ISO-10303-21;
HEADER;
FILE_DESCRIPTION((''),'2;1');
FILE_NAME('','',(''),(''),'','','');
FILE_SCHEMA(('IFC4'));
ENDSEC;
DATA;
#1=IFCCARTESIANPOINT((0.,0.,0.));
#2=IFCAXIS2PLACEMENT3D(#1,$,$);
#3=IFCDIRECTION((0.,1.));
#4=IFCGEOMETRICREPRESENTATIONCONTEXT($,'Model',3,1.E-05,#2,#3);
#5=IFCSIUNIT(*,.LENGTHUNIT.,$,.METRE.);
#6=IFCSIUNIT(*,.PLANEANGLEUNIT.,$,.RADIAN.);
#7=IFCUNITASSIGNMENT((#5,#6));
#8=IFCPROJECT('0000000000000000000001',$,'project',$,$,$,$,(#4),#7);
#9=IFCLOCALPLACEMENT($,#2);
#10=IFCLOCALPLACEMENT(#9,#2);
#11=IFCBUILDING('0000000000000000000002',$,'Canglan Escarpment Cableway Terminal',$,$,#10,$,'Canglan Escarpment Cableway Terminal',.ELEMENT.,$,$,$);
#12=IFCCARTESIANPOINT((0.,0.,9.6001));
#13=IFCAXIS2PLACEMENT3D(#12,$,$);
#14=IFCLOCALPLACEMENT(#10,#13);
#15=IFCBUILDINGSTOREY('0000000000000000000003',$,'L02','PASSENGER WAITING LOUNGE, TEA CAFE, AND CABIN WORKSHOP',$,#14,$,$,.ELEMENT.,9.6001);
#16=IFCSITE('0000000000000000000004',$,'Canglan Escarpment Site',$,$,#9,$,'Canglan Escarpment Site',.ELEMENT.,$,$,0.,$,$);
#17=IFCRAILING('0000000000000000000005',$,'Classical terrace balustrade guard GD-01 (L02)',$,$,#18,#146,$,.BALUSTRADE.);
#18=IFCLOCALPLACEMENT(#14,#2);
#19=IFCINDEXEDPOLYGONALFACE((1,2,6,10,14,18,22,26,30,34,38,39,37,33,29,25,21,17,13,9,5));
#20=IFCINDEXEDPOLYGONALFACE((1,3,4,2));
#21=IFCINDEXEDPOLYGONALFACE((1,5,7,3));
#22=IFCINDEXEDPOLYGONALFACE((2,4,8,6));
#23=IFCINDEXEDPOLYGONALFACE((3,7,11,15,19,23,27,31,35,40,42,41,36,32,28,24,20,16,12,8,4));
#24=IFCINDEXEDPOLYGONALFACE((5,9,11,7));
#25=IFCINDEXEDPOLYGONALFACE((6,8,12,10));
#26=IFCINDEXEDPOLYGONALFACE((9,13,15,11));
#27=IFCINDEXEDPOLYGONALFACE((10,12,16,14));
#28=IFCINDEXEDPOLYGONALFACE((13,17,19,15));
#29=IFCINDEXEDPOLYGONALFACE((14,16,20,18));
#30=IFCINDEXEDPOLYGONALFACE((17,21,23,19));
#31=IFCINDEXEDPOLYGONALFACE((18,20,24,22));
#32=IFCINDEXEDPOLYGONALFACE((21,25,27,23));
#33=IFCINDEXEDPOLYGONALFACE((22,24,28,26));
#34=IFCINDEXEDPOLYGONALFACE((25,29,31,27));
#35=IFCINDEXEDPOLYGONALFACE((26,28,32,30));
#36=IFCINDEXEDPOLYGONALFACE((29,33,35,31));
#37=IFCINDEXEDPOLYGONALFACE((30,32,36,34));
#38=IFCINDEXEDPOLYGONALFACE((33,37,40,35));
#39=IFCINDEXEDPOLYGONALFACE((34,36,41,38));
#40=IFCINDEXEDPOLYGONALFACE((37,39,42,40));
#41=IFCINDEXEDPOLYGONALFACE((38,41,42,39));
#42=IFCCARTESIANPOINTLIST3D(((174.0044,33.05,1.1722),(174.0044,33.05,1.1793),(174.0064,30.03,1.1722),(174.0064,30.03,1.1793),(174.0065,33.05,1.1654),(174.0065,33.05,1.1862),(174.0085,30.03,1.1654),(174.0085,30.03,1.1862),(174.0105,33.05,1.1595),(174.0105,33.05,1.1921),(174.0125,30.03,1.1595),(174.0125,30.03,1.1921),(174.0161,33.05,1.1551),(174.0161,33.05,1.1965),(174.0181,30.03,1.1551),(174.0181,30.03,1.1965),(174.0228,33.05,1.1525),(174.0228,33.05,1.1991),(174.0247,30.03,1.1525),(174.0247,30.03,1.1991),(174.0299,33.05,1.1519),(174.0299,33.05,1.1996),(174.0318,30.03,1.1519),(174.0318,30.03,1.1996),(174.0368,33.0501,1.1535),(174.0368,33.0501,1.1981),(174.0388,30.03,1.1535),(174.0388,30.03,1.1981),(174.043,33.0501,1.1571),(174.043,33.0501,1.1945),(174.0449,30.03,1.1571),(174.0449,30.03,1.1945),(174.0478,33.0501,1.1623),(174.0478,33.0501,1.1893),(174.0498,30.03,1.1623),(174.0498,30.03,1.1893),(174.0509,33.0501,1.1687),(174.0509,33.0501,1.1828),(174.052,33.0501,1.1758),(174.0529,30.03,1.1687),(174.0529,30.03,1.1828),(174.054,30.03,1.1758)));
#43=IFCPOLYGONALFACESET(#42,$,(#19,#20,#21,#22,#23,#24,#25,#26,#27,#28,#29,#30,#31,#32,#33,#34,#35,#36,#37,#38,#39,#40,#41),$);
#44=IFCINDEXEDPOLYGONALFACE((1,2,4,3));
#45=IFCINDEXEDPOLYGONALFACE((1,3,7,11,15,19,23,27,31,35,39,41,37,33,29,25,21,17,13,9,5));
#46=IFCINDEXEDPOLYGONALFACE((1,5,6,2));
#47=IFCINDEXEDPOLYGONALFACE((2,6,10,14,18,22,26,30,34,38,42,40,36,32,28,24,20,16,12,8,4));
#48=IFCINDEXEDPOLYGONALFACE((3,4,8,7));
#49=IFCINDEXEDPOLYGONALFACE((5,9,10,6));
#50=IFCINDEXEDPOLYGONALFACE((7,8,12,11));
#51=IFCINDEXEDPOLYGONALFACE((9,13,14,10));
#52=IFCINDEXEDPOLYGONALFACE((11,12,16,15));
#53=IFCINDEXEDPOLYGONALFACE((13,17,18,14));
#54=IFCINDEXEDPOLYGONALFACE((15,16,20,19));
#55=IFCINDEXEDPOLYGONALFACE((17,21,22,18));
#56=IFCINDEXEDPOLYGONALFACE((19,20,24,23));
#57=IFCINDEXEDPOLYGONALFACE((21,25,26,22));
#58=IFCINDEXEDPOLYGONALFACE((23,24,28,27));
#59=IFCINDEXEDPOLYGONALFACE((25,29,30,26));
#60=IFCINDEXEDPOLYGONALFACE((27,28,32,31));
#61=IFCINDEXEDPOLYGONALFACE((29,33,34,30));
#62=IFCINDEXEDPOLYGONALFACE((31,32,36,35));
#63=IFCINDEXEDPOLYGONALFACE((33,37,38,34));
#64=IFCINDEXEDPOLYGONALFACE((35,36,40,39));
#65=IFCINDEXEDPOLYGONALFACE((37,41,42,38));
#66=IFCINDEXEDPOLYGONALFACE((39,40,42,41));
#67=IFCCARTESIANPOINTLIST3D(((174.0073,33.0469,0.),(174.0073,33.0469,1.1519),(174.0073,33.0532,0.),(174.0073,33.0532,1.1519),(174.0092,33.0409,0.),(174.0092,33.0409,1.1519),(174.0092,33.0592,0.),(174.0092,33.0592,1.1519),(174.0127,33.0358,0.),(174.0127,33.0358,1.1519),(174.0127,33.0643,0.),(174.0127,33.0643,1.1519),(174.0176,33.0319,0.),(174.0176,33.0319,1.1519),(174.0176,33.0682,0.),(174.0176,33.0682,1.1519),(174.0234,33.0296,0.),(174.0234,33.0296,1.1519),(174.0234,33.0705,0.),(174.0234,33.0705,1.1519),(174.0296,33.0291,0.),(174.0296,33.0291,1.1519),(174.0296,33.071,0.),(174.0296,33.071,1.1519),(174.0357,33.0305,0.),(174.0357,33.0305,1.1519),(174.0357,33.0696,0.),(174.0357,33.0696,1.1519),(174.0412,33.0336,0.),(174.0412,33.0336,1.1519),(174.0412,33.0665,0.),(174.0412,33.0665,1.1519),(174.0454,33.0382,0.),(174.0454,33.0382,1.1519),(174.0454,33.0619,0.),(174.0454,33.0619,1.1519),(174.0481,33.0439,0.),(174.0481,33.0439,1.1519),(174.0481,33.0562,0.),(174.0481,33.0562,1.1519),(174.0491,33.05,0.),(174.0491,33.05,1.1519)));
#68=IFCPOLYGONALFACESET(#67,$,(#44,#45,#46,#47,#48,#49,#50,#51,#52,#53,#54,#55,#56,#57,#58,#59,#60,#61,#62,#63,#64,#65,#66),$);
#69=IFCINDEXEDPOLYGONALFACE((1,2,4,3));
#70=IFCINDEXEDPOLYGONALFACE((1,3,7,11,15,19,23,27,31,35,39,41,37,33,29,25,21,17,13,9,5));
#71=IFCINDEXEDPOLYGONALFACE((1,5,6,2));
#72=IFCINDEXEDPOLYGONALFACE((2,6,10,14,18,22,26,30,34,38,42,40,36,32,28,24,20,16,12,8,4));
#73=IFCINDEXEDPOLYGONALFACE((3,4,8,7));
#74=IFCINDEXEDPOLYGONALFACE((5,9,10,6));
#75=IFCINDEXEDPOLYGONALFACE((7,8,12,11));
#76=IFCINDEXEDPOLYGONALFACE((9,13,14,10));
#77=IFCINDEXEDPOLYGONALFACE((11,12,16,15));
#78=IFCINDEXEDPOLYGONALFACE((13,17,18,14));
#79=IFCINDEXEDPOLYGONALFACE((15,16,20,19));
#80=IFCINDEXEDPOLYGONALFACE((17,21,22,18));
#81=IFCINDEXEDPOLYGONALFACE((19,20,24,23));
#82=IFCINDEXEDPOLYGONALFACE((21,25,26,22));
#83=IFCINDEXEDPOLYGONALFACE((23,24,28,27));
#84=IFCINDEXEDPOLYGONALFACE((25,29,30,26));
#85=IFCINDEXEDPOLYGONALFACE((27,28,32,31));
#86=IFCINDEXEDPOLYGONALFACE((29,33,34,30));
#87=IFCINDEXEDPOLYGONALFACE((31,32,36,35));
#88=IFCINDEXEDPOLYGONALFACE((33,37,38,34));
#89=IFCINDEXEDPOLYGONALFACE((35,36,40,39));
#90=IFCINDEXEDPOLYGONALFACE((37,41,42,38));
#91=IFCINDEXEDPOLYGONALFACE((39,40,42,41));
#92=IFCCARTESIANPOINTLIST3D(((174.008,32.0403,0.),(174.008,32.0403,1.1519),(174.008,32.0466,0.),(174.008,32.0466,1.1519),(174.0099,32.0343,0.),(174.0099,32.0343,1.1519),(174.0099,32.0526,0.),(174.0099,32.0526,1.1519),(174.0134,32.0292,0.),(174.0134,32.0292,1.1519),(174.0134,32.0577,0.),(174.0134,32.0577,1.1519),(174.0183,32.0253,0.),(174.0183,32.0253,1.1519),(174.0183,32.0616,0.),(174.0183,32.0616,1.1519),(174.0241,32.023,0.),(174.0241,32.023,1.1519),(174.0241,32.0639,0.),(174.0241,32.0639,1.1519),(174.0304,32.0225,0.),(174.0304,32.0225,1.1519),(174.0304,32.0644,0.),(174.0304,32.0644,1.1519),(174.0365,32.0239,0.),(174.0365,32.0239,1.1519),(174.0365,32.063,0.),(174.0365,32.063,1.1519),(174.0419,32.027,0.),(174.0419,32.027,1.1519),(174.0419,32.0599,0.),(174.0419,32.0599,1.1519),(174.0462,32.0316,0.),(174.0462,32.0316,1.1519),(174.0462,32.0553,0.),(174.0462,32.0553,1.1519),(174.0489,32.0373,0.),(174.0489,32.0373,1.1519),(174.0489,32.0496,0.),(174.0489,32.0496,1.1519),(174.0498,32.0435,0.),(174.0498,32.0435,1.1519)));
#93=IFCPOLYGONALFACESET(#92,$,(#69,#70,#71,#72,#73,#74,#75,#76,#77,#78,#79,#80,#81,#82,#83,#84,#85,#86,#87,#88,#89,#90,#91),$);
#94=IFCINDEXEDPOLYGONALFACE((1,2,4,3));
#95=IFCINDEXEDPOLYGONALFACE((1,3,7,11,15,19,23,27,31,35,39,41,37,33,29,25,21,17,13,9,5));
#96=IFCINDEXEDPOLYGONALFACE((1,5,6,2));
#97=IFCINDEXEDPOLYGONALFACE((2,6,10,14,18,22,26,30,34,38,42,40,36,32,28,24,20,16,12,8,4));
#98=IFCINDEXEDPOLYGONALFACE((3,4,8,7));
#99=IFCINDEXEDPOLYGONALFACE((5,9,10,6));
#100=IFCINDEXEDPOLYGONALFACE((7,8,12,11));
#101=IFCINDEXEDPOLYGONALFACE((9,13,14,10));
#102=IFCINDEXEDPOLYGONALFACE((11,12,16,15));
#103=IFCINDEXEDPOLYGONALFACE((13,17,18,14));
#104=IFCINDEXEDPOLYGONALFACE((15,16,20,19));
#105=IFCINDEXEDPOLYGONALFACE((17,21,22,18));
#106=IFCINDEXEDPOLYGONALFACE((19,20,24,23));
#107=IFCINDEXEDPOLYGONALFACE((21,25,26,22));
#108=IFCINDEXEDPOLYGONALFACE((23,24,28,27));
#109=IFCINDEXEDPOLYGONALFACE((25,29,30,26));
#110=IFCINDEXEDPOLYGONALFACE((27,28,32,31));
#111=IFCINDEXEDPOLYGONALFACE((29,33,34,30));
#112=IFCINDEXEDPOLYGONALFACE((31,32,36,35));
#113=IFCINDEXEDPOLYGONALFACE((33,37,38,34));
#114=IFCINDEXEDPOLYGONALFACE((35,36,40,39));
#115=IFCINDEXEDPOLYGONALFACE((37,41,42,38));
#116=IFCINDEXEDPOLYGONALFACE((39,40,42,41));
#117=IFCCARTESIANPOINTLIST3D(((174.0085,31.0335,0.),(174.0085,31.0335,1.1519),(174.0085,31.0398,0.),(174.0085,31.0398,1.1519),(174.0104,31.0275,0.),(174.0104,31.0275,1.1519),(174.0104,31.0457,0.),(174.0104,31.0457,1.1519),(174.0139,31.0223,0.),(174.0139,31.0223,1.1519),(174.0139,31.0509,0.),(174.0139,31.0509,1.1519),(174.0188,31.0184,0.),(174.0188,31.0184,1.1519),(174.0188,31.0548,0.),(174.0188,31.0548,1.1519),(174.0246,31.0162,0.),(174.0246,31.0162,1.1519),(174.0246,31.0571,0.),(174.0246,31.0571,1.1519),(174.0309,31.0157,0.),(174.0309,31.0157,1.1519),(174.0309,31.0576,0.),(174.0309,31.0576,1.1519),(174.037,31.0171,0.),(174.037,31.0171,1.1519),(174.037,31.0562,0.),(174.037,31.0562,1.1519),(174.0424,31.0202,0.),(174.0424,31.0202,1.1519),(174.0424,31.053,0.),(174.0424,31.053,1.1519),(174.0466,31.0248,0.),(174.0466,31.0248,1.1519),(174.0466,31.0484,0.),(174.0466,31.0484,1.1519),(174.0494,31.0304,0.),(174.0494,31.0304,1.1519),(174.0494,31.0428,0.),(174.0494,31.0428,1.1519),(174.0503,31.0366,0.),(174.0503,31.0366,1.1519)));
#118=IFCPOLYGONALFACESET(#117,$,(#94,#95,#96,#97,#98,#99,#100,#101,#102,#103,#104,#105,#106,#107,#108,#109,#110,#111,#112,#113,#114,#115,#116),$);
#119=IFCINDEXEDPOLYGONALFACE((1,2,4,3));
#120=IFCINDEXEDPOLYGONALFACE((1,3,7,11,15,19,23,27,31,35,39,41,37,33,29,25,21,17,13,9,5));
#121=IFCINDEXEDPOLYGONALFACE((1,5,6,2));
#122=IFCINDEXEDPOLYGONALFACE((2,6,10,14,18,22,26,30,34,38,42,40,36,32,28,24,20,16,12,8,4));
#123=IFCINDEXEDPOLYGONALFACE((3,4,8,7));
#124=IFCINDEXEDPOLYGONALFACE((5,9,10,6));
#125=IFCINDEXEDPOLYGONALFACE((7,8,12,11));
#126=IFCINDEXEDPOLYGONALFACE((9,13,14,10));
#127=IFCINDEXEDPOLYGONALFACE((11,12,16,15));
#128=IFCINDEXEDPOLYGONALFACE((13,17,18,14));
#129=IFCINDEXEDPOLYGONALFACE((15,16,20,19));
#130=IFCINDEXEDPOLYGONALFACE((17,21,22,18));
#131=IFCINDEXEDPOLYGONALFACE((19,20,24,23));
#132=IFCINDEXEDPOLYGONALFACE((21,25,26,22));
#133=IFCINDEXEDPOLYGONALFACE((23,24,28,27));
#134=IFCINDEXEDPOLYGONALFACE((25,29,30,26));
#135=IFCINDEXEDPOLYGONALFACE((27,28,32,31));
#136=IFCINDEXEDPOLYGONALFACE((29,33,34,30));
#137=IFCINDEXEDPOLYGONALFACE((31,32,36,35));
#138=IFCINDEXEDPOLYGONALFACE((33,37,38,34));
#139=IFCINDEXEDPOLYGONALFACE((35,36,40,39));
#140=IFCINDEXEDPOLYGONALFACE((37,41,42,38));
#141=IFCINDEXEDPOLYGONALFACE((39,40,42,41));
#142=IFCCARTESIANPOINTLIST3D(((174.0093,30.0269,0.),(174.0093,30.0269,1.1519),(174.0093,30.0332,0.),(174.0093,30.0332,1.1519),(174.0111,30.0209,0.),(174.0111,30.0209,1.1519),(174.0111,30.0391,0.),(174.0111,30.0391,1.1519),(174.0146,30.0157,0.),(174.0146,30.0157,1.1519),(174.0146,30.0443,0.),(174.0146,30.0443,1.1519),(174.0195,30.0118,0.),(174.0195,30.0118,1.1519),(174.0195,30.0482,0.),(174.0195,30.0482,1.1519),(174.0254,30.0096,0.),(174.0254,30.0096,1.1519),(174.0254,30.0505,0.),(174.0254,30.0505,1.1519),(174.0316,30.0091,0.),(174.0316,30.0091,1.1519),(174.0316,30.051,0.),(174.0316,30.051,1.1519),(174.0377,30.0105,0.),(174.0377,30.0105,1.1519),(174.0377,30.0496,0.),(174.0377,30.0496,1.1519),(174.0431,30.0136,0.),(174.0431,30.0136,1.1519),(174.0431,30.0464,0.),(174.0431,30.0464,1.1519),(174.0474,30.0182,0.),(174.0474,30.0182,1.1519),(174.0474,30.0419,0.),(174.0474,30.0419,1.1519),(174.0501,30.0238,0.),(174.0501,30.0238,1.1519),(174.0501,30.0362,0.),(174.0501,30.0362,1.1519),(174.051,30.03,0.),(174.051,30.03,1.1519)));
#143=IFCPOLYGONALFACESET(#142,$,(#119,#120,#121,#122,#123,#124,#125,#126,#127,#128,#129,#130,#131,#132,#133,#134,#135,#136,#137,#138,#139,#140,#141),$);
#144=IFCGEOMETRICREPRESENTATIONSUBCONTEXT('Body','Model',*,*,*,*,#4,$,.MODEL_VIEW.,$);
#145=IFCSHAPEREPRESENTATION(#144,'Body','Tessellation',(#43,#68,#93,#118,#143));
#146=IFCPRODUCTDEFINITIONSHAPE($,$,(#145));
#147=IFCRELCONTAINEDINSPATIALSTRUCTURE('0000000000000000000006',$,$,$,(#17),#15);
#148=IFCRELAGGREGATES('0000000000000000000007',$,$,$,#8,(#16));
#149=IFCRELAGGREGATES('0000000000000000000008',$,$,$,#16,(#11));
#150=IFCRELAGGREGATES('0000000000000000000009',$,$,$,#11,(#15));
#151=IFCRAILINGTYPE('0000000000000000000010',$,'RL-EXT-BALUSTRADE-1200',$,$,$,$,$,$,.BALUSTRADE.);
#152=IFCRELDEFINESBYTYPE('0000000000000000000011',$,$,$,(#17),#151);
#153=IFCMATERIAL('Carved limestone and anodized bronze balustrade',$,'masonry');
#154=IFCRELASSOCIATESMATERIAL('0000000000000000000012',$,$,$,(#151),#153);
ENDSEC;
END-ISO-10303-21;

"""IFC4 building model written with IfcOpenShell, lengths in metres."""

from ifc_helpers import new_model, si_unit, direction, frame, origin, origin_2d, place, context, subcontext, project, spatial, circle, extrude, material, type_object, element, save


model = new_model("IFC4")

# Units and contexts
model_context = context("Model", 3, precision=1e-05, world=origin(), true_north=direction((0.0, 1.0)))
body_context = subcontext(model_context, "Body", "Model", "MODEL_VIEW")
ifc_project = project(units=[si_unit("LENGTHUNIT", "METRE"), si_unit("PLANEANGLEUNIT", "RADIAN")], contexts=[model_context])

# Site, building, storey
site_placement = place(None, origin())
site = spatial("IfcSite", under=ifc_project, at=site_placement, Name="Canglan Escarpment Site", LongName="Canglan Escarpment Site", CompositionType="ELEMENT", RefElevation=0.0)
building_placement = place(site_placement, origin())
building = spatial("IfcBuilding", under=site, at=building_placement, Name="Canglan Escarpment Cableway Terminal", LongName="Canglan Escarpment Cableway Terminal", CompositionType="ELEMENT")
storey_placement = place(building_placement, frame((0.0, 0.0, 9.6001)))
storey = spatial("IfcBuildingStorey", under=building, at=storey_placement, Name="L02", Description="PASSENGER WAITING LOUNGE, TEA CAFE, AND CABIN WORKSHOP", CompositionType="ELEMENT", Elevation=9.6001)

# Railing
ifc_material_1 = material(Name="Carved limestone and anodized bronze balustrade", Category="masonry")
railing_type = type_object("IfcRailingType", Name="RL-EXT-BALUSTRADE-1200", PredefinedType="BALUSTRADE", material=ifc_material_1)
railing_1_placement = place(storey_placement, frame((174.0281, 33.05, 0.0)))
element("IfcRailing", 1, at=railing_1_placement, inside=storey, type_object=railing_type, Name="Classical terrace balustrade guard GD-01 (L02)", PredefinedType="BALUSTRADE", context=body_context, shape_type="SweptSolid", body=[
    extrude(circle(Radius=0.0239, at=origin_2d()), frame((0.0, 0.0, 1.1758), z_axis=(0.000647, -1.0, 0.0), x_axis=(1.0, 0.000647, 0.0)), (0.0, 0.0, 1.0), 3.02),
    extrude(circle(Radius=0.021, at=origin_2d()), origin(), (0.0, 0.0, 1.0), 1.1519),
    extrude(circle(Radius=0.021, at=origin_2d()), frame((0.0007, -1.0066, 0.0)), (0.0, 0.0, 1.0), 1.1519),
    extrude(circle(Radius=0.021, at=origin_2d()), frame((0.0012, -2.0134, 0.0)), (0.0, 0.0, 1.0), 1.1519),
    extrude(circle(Radius=0.021, at=origin_2d()), frame((0.002, -3.02, 0.0)), (0.0, 0.0, 1.0), 1.1519),
])

save(model, "model.ifc")
